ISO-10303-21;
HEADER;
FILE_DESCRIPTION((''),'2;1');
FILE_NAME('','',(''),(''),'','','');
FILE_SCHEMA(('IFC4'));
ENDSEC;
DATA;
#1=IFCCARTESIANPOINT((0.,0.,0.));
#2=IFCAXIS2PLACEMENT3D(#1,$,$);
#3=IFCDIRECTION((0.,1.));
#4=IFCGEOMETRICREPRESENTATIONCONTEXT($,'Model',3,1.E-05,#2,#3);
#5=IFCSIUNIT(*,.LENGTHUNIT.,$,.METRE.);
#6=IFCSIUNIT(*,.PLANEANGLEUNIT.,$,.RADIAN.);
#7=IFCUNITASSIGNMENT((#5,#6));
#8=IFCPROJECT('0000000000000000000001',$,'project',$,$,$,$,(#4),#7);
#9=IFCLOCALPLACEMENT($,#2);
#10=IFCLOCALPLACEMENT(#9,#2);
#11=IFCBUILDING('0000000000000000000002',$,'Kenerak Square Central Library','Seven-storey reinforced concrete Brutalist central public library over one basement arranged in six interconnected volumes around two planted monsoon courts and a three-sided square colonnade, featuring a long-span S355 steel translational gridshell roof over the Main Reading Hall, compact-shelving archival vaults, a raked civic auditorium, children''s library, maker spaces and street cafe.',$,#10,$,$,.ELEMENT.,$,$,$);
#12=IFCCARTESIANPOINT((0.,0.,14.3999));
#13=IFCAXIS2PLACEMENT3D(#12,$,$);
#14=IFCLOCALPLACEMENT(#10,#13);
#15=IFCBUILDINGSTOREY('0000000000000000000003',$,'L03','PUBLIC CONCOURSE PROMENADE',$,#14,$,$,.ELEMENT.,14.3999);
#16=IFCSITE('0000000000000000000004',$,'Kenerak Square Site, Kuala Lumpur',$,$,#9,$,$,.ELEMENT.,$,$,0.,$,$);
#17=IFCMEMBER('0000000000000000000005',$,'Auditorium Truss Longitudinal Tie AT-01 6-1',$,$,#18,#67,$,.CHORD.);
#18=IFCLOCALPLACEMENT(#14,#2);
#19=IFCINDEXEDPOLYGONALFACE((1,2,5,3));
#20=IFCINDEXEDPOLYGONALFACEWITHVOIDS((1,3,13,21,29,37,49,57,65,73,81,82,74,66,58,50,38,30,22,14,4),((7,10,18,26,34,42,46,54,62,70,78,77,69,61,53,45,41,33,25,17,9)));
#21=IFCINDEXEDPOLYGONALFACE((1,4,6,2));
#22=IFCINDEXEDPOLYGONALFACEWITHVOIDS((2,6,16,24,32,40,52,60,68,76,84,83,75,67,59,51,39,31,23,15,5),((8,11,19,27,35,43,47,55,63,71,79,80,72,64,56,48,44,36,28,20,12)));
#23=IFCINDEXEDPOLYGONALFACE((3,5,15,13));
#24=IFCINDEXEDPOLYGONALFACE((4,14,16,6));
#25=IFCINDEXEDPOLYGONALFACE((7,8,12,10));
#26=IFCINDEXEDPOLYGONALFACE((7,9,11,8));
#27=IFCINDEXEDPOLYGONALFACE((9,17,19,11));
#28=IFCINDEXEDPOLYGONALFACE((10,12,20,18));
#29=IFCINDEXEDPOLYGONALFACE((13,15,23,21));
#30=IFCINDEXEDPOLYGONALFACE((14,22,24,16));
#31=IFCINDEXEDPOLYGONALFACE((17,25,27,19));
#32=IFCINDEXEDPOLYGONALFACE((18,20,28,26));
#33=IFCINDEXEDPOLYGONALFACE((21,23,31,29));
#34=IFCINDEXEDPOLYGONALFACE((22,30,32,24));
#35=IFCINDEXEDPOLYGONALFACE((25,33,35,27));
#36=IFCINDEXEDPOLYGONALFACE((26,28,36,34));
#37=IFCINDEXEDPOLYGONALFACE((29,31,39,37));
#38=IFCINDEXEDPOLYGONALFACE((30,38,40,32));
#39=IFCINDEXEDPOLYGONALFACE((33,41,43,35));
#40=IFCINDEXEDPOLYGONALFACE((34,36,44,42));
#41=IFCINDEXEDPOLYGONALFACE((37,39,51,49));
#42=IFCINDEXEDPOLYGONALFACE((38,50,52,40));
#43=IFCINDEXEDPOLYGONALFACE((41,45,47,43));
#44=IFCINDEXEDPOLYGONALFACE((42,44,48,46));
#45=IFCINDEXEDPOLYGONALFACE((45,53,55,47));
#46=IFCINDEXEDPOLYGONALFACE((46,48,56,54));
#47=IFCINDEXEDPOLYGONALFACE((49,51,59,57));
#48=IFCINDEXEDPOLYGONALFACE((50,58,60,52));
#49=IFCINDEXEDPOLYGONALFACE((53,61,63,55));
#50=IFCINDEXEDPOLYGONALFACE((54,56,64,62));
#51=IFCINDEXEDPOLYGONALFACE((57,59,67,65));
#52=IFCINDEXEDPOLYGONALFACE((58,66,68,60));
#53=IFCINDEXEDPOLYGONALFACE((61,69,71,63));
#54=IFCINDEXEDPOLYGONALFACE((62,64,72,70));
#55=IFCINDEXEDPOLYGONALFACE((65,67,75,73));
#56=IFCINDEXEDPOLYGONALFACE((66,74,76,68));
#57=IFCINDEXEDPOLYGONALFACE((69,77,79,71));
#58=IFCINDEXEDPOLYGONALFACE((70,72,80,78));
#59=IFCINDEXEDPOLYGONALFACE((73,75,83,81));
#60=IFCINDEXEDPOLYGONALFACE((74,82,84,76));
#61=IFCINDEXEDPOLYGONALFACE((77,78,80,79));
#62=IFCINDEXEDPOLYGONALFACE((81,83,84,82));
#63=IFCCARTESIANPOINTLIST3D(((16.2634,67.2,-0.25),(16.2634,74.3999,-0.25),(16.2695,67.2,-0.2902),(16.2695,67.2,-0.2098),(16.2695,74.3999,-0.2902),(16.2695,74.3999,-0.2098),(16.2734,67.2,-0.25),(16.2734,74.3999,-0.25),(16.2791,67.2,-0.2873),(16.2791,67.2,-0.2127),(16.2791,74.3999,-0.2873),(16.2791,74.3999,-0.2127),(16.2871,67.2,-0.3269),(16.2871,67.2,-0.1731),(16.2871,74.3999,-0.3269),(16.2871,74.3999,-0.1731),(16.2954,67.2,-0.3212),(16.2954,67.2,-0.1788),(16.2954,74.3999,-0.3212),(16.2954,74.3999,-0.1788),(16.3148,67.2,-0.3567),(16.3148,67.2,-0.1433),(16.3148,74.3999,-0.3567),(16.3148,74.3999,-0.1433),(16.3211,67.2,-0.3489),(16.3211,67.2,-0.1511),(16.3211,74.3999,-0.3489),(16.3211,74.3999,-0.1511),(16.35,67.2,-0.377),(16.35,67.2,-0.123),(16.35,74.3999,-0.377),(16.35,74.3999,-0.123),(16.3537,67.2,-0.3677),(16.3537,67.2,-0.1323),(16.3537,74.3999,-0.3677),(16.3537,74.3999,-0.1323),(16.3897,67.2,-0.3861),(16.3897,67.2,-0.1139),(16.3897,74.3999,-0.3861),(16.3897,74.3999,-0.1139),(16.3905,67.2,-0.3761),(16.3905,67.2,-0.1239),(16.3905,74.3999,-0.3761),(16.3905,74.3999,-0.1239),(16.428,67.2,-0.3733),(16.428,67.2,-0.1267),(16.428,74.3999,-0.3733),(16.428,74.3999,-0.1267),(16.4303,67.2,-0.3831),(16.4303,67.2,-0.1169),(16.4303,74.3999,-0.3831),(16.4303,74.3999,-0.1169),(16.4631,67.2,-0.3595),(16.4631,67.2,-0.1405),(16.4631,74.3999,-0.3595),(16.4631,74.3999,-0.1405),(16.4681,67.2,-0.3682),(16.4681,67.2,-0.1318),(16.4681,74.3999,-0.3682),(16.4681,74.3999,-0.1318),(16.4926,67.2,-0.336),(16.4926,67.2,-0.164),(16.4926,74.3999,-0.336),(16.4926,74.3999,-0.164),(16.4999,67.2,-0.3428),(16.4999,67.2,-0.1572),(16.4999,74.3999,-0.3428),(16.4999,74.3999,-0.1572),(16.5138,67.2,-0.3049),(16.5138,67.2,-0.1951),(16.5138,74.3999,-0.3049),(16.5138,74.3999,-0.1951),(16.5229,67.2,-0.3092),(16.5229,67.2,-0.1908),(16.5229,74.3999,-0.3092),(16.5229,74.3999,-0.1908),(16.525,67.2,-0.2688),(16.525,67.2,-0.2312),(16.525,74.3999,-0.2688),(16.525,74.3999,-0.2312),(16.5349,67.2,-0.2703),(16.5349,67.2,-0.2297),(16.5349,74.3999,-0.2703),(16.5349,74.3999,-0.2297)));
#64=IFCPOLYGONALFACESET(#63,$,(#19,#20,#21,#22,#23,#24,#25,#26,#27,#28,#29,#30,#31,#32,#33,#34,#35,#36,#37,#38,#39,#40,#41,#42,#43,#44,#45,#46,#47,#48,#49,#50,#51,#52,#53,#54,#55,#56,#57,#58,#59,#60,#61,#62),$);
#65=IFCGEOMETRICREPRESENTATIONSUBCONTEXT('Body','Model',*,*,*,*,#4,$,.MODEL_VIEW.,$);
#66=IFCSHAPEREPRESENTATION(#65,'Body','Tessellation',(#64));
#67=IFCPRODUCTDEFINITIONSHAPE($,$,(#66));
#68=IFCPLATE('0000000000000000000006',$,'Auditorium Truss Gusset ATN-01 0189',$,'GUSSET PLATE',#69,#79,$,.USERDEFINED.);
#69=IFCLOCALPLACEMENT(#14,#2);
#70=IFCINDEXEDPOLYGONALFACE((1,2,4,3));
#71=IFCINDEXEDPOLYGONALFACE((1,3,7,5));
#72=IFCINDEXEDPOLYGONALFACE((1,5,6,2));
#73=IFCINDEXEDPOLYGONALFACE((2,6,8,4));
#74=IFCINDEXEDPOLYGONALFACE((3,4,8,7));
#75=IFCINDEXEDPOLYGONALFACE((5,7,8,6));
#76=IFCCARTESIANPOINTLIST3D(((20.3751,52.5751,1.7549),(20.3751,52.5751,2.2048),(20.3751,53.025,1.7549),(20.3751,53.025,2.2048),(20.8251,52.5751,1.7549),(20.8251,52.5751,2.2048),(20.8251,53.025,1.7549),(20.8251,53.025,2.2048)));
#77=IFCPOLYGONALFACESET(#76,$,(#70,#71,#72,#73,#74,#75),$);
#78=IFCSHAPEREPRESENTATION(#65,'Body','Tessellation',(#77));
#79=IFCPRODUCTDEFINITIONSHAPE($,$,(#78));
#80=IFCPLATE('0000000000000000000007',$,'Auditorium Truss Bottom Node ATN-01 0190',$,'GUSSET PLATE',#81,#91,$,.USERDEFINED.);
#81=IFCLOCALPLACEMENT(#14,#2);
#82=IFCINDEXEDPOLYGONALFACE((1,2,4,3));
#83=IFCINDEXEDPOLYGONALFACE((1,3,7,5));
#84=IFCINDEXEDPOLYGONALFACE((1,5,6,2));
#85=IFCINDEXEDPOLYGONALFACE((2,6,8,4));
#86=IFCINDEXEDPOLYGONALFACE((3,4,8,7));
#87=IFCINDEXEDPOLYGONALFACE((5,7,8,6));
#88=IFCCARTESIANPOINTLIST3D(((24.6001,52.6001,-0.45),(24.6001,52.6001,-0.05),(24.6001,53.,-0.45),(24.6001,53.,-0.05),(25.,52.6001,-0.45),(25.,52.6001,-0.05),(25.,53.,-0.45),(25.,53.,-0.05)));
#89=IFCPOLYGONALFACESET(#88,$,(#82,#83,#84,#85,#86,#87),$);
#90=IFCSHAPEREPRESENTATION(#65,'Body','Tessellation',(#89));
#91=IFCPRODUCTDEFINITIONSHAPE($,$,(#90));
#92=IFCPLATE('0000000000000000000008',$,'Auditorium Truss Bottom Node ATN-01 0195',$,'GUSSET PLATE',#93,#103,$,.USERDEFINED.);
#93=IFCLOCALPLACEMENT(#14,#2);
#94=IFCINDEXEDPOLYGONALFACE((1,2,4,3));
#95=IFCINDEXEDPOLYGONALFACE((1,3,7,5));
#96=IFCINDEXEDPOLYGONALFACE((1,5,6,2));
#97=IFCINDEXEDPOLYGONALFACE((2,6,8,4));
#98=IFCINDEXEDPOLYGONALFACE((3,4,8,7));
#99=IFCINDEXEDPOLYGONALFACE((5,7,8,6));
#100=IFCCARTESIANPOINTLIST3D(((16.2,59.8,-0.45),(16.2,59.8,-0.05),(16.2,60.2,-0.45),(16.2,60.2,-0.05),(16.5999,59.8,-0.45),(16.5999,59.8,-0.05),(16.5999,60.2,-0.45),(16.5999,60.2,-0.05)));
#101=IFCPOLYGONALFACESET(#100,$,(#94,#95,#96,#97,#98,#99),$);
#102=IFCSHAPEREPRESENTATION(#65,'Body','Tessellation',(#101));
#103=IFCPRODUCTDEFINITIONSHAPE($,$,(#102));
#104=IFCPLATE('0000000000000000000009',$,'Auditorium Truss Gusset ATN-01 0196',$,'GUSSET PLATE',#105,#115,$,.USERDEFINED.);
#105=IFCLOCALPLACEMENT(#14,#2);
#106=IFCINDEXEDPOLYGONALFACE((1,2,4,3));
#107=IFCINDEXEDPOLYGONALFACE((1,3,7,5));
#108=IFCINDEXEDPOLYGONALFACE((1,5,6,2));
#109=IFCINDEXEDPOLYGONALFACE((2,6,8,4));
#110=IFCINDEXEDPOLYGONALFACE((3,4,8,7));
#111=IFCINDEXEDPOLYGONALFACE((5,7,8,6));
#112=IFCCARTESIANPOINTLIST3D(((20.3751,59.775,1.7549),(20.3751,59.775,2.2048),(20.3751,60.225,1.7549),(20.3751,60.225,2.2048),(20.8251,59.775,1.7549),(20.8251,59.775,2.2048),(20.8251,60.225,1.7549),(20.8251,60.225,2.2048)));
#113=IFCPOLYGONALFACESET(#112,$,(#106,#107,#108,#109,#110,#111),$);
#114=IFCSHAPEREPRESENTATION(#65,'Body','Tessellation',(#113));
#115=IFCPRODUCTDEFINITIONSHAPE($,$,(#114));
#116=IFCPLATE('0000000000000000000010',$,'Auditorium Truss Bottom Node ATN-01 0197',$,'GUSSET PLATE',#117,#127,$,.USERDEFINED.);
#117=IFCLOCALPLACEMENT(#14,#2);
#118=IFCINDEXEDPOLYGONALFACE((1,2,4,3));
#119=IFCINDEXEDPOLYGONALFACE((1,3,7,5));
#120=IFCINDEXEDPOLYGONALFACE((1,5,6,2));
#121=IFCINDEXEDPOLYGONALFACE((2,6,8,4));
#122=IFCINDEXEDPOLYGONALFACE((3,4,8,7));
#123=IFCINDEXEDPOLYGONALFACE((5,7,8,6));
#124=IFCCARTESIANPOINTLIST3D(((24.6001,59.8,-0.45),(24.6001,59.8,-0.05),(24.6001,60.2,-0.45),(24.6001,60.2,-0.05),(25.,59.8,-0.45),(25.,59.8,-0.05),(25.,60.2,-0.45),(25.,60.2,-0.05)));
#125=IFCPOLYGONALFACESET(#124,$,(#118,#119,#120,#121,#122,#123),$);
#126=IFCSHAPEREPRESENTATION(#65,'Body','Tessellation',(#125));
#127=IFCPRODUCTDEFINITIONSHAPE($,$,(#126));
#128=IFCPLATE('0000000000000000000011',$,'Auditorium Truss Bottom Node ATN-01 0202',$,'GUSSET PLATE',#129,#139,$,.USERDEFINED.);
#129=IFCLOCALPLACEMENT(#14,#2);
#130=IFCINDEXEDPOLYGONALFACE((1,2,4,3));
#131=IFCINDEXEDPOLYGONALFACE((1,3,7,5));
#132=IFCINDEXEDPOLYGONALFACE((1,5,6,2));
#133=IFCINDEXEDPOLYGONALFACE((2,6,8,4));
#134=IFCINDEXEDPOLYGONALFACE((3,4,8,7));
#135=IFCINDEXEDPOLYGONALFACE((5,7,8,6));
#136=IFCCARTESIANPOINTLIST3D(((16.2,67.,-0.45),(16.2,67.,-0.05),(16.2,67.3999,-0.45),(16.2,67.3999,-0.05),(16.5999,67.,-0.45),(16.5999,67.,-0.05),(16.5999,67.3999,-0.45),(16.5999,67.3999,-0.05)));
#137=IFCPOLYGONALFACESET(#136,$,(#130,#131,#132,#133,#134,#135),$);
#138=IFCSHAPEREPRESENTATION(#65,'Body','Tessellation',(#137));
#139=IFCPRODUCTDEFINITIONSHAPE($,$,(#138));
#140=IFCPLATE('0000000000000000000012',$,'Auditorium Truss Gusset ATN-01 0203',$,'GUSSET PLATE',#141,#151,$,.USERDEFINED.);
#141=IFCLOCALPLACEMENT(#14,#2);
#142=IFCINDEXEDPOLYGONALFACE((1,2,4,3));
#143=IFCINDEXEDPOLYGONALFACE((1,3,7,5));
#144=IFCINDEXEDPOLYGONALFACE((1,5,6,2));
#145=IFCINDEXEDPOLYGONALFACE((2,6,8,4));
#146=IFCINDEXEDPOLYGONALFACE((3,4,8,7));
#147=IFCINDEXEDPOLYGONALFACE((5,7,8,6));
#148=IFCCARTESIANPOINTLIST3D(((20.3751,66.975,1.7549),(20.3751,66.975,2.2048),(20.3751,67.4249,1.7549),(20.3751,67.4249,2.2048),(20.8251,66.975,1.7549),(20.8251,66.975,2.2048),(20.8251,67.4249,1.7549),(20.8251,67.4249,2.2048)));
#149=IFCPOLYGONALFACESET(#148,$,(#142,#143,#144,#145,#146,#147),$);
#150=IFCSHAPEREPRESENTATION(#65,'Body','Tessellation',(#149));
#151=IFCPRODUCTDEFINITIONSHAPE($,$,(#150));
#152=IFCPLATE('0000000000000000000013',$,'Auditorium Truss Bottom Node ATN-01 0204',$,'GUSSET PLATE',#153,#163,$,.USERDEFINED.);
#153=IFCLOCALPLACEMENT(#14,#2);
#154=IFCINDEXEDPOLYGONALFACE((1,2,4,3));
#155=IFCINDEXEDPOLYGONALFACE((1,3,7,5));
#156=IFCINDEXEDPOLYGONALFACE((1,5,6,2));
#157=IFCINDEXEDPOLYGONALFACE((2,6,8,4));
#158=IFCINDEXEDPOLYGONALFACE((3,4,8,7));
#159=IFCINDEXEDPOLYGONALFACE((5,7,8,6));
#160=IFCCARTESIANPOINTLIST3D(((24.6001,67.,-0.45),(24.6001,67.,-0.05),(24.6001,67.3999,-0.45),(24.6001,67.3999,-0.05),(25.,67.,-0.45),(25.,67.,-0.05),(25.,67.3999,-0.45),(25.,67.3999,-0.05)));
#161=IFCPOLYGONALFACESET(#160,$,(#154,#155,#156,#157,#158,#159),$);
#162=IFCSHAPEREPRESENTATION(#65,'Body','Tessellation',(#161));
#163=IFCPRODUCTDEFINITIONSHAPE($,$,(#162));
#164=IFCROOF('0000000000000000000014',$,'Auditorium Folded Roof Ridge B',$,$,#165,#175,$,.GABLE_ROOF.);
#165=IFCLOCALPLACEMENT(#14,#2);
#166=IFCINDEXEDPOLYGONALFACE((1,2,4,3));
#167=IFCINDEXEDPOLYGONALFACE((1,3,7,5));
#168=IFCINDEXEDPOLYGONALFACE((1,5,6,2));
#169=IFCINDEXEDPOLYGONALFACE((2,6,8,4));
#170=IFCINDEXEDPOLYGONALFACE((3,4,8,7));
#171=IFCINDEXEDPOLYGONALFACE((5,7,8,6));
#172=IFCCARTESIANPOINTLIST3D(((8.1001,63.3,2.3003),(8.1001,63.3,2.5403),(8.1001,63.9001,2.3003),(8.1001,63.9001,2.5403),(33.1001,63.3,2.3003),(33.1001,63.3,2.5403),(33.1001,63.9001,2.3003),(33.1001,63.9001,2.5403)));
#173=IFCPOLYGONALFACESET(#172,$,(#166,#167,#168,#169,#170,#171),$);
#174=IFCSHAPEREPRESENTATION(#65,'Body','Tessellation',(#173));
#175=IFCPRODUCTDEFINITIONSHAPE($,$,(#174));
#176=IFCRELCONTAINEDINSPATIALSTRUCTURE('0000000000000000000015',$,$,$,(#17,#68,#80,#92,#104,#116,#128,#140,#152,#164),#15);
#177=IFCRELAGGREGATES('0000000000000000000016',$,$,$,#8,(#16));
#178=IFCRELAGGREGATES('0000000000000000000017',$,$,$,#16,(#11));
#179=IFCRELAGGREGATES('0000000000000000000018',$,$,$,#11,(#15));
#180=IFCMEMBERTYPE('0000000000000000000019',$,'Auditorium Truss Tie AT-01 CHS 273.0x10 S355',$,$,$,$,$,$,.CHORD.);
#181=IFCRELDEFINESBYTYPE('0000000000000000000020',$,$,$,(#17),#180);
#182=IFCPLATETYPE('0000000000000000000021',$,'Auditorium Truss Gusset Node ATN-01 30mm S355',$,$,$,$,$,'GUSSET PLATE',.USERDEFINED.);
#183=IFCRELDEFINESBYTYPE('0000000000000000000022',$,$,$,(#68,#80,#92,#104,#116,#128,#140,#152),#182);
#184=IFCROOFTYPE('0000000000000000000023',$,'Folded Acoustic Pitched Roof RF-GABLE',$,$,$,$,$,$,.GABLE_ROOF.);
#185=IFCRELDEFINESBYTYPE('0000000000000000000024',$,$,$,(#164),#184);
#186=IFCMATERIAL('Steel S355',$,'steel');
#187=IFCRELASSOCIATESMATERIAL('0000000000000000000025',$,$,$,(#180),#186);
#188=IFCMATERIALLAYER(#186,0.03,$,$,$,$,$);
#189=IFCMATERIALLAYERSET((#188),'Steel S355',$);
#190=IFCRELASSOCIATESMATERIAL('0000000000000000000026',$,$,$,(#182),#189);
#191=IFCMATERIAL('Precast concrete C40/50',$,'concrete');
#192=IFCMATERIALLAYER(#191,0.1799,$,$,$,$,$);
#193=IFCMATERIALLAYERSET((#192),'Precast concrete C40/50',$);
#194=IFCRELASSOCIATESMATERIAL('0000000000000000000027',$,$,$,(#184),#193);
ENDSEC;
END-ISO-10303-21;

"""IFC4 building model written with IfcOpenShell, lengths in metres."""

from ifc_helpers import new_model, si_unit, direction, frame, origin, origin_2d, place, context, subcontext, project, spatial, rectangle, hollow_circle, extrude, material, layer, layer_set, material_profile, profile_set, type_object, element, save


model = new_model("IFC4")

# Units and contexts
model_context = context("Model", 3, precision=1e-05, world=origin(), true_north=direction((0.0, 1.0)))
body_context = subcontext(model_context, "Body", "Model", "MODEL_VIEW")
ifc_project = project(units=[si_unit("LENGTHUNIT", "METRE"), si_unit("PLANEANGLEUNIT", "RADIAN")], contexts=[model_context])

# Site, building, storey
site_placement = place(None, origin())
site = spatial("IfcSite", under=ifc_project, at=site_placement, Name="Kenerak Square Site, Kuala Lumpur", CompositionType="ELEMENT", RefElevation=0.0)
building_placement = place(site_placement, origin())
building = spatial("IfcBuilding", under=site, at=building_placement, Name="Kenerak Square Central Library", Description="Seven-storey reinforced concrete Brutalist central public library over one basement arranged in six interconnected volumes around two planted monsoon courts and a three-sided square colonnade, featuring a long-span S355 steel translational gridshell roof over the Main Reading Hall, compact-shelving archival vaults, a raked civic auditorium, children's library, maker spaces and street cafe.", CompositionType="ELEMENT")
storey_placement = place(building_placement, frame((0.0, 0.0, 14.3999)))
storey = spatial("IfcBuildingStorey", under=building, at=storey_placement, Name="L03", Description="PUBLIC CONCOURSE PROMENADE", CompositionType="ELEMENT", Elevation=14.3999)

# Member
ifc_material_1 = material(Name="Steel S355", Category="steel")
ifc_material_profile_1 = material_profile(ifc_material_1, hollow_circle(Radius=0.1365, WallThickness=0.01, at=origin_2d()), Name="CHS 273.0x10.0")
ifc_profile_set_1 = profile_set([ifc_material_profile_1], Name="Steel S355")
member_type_1 = type_object("IfcMemberType", Name="Auditorium Truss Tie AT-01 CHS 273.0x10 S355", PredefinedType="CHORD", material=ifc_profile_set_1)
for number, where, z_axis, x_axis, name in (
    (1, (16.3999, 67.2, -0.25), (0.0, 1.0, 0.0), (-1.0, 0.0, 0.0), "Auditorium Truss Longitudinal Tie AT-01 6-1"),
):
    element("IfcMember", number, at=place(storey_placement, frame(where, z_axis=z_axis, x_axis=x_axis)), inside=storey, type_object=member_type_1, Name=name, PredefinedType="CHORD", context=body_context, shape_type="SweptSolid", body=[
        extrude(hollow_circle(Radius=0.1365, WallThickness=0.01, at=origin_2d()), origin(), (0.0, 0.0, 1.0), 7.2),
    ])

# Plates
ifc_layer_1 = layer(ifc_material_1, 0.03)
ifc_layer_set_1 = layer_set([ifc_layer_1], Name="Steel S355")
plate_type = type_object("IfcPlateType", Name="Auditorium Truss Gusset Node ATN-01 30mm S355", ElementType="GUSSET PLATE", PredefinedType="USERDEFINED", material=ifc_layer_set_1)
plate_1_placement = place(storey_placement, frame((20.6001, 52.8, 1.7549), z_axis=(0.0, 0.0, 1.0), x_axis=(1.0, 0.0, 0.0)))
element("IfcPlate", 2, at=plate_1_placement, inside=storey, type_object=plate_type, Name="Auditorium Truss Gusset ATN-01 0189", ObjectType="GUSSET PLATE", PredefinedType="USERDEFINED", context=body_context, shape_type="SweptSolid", body=[
    extrude(rectangle(XDim=0.45, YDim=0.45, at=origin_2d()), origin(), (0.0, 0.0, 1.0), 0.45),
])
for number, where, z_axis, x_axis, name in (
    (3, (24.8, 52.8, -0.45), (0.0, 0.0, 1.0), (1.0, 0.0, 0.0), "Auditorium Truss Bottom Node ATN-01 0190"),
    (4, (16.3999, 60.0, -0.45), (0.0, 0.0, 1.0), (1.0, 0.0, 0.0), "Auditorium Truss Bottom Node ATN-01 0195"),
):
    element("IfcPlate", number, at=place(storey_placement, frame(where, z_axis=z_axis, x_axis=x_axis)), inside=storey, type_object=plate_type, Name=name, ObjectType="GUSSET PLATE", PredefinedType="USERDEFINED", context=body_context, shape_type="SweptSolid", body=[
        extrude(rectangle(XDim=0.3999, YDim=0.3999, at=origin_2d()), origin(), (0.0, 0.0, 1.0), 0.3999),
    ])
plate_2_placement = place(storey_placement, frame((20.6001, 60.0, 1.7549), z_axis=(0.0, 0.0, 1.0), x_axis=(1.0, 0.0, 0.0)))
element("IfcPlate", 5, at=plate_2_placement, inside=storey, type_object=plate_type, Name="Auditorium Truss Gusset ATN-01 0196", ObjectType="GUSSET PLATE", PredefinedType="USERDEFINED", context=body_context, shape_type="SweptSolid", body=[
    extrude(rectangle(XDim=0.45, YDim=0.45, at=origin_2d()), origin(), (0.0, 0.0, 1.0), 0.45),
])
for number, where, z_axis, x_axis, name in (
    (6, (24.8, 60.0, -0.45), (0.0, 0.0, 1.0), (1.0, 0.0, 0.0), "Auditorium Truss Bottom Node ATN-01 0197"),
    (7, (16.3999, 67.2, -0.45), (0.0, 0.0, 1.0), (1.0, 0.0, 0.0), "Auditorium Truss Bottom Node ATN-01 0202"),
):
    element("IfcPlate", number, at=place(storey_placement, frame(where, z_axis=z_axis, x_axis=x_axis)), inside=storey, type_object=plate_type, Name=name, ObjectType="GUSSET PLATE", PredefinedType="USERDEFINED", context=body_context, shape_type="SweptSolid", body=[
        extrude(rectangle(XDim=0.3999, YDim=0.3999, at=origin_2d()), origin(), (0.0, 0.0, 1.0), 0.3999),
    ])
plate_3_placement = place(storey_placement, frame((20.6001, 67.2, 1.7549), z_axis=(0.0, 0.0, 1.0), x_axis=(1.0, 0.0, 0.0)))
element("IfcPlate", 8, at=plate_3_placement, inside=storey, type_object=plate_type, Name="Auditorium Truss Gusset ATN-01 0203", ObjectType="GUSSET PLATE", PredefinedType="USERDEFINED", context=body_context, shape_type="SweptSolid", body=[
    extrude(rectangle(XDim=0.45, YDim=0.45, at=origin_2d()), origin(), (0.0, 0.0, 1.0), 0.45),
])
plate_4_placement = place(storey_placement, frame((24.8, 67.2, -0.45), z_axis=(0.0, 0.0, 1.0), x_axis=(1.0, 0.0, 0.0)))
element("IfcPlate", 9, at=plate_4_placement, inside=storey, type_object=plate_type, Name="Auditorium Truss Bottom Node ATN-01 0204", ObjectType="GUSSET PLATE", PredefinedType="USERDEFINED", context=body_context, shape_type="SweptSolid", body=[
    extrude(rectangle(XDim=0.3999, YDim=0.3999, at=origin_2d()), origin(), (0.0, 0.0, 1.0), 0.3999),
])

# Roof
ifc_material_2 = material(Name="Precast concrete C40/50", Category="concrete")
ifc_layer_2 = layer(ifc_material_2, 0.1799)
ifc_layer_set_2 = layer_set([ifc_layer_2], Name="Precast concrete C40/50")
roof_type = type_object("IfcRoofType", Name="Folded Acoustic Pitched Roof RF-GABLE", PredefinedType="GABLE_ROOF", material=ifc_layer_set_2)
roof_placement = place(storey_placement, frame((20.6001, 63.6001, 2.3003), z_axis=(0.0, 0.0, 1.0), x_axis=(1.0, 0.0, 0.0)))
element("IfcRoof", 10, at=roof_placement, inside=storey, type_object=roof_type, Name="Auditorium Folded Roof Ridge B", PredefinedType="GABLE_ROOF", context=body_context, shape_type="SweptSolid", body=[
    extrude(rectangle(XDim=25.0, YDim=0.6001, at=origin_2d()), origin(), (0.0, 0.0, 1.0), 0.24),
])

save(model, "model.ifc")
